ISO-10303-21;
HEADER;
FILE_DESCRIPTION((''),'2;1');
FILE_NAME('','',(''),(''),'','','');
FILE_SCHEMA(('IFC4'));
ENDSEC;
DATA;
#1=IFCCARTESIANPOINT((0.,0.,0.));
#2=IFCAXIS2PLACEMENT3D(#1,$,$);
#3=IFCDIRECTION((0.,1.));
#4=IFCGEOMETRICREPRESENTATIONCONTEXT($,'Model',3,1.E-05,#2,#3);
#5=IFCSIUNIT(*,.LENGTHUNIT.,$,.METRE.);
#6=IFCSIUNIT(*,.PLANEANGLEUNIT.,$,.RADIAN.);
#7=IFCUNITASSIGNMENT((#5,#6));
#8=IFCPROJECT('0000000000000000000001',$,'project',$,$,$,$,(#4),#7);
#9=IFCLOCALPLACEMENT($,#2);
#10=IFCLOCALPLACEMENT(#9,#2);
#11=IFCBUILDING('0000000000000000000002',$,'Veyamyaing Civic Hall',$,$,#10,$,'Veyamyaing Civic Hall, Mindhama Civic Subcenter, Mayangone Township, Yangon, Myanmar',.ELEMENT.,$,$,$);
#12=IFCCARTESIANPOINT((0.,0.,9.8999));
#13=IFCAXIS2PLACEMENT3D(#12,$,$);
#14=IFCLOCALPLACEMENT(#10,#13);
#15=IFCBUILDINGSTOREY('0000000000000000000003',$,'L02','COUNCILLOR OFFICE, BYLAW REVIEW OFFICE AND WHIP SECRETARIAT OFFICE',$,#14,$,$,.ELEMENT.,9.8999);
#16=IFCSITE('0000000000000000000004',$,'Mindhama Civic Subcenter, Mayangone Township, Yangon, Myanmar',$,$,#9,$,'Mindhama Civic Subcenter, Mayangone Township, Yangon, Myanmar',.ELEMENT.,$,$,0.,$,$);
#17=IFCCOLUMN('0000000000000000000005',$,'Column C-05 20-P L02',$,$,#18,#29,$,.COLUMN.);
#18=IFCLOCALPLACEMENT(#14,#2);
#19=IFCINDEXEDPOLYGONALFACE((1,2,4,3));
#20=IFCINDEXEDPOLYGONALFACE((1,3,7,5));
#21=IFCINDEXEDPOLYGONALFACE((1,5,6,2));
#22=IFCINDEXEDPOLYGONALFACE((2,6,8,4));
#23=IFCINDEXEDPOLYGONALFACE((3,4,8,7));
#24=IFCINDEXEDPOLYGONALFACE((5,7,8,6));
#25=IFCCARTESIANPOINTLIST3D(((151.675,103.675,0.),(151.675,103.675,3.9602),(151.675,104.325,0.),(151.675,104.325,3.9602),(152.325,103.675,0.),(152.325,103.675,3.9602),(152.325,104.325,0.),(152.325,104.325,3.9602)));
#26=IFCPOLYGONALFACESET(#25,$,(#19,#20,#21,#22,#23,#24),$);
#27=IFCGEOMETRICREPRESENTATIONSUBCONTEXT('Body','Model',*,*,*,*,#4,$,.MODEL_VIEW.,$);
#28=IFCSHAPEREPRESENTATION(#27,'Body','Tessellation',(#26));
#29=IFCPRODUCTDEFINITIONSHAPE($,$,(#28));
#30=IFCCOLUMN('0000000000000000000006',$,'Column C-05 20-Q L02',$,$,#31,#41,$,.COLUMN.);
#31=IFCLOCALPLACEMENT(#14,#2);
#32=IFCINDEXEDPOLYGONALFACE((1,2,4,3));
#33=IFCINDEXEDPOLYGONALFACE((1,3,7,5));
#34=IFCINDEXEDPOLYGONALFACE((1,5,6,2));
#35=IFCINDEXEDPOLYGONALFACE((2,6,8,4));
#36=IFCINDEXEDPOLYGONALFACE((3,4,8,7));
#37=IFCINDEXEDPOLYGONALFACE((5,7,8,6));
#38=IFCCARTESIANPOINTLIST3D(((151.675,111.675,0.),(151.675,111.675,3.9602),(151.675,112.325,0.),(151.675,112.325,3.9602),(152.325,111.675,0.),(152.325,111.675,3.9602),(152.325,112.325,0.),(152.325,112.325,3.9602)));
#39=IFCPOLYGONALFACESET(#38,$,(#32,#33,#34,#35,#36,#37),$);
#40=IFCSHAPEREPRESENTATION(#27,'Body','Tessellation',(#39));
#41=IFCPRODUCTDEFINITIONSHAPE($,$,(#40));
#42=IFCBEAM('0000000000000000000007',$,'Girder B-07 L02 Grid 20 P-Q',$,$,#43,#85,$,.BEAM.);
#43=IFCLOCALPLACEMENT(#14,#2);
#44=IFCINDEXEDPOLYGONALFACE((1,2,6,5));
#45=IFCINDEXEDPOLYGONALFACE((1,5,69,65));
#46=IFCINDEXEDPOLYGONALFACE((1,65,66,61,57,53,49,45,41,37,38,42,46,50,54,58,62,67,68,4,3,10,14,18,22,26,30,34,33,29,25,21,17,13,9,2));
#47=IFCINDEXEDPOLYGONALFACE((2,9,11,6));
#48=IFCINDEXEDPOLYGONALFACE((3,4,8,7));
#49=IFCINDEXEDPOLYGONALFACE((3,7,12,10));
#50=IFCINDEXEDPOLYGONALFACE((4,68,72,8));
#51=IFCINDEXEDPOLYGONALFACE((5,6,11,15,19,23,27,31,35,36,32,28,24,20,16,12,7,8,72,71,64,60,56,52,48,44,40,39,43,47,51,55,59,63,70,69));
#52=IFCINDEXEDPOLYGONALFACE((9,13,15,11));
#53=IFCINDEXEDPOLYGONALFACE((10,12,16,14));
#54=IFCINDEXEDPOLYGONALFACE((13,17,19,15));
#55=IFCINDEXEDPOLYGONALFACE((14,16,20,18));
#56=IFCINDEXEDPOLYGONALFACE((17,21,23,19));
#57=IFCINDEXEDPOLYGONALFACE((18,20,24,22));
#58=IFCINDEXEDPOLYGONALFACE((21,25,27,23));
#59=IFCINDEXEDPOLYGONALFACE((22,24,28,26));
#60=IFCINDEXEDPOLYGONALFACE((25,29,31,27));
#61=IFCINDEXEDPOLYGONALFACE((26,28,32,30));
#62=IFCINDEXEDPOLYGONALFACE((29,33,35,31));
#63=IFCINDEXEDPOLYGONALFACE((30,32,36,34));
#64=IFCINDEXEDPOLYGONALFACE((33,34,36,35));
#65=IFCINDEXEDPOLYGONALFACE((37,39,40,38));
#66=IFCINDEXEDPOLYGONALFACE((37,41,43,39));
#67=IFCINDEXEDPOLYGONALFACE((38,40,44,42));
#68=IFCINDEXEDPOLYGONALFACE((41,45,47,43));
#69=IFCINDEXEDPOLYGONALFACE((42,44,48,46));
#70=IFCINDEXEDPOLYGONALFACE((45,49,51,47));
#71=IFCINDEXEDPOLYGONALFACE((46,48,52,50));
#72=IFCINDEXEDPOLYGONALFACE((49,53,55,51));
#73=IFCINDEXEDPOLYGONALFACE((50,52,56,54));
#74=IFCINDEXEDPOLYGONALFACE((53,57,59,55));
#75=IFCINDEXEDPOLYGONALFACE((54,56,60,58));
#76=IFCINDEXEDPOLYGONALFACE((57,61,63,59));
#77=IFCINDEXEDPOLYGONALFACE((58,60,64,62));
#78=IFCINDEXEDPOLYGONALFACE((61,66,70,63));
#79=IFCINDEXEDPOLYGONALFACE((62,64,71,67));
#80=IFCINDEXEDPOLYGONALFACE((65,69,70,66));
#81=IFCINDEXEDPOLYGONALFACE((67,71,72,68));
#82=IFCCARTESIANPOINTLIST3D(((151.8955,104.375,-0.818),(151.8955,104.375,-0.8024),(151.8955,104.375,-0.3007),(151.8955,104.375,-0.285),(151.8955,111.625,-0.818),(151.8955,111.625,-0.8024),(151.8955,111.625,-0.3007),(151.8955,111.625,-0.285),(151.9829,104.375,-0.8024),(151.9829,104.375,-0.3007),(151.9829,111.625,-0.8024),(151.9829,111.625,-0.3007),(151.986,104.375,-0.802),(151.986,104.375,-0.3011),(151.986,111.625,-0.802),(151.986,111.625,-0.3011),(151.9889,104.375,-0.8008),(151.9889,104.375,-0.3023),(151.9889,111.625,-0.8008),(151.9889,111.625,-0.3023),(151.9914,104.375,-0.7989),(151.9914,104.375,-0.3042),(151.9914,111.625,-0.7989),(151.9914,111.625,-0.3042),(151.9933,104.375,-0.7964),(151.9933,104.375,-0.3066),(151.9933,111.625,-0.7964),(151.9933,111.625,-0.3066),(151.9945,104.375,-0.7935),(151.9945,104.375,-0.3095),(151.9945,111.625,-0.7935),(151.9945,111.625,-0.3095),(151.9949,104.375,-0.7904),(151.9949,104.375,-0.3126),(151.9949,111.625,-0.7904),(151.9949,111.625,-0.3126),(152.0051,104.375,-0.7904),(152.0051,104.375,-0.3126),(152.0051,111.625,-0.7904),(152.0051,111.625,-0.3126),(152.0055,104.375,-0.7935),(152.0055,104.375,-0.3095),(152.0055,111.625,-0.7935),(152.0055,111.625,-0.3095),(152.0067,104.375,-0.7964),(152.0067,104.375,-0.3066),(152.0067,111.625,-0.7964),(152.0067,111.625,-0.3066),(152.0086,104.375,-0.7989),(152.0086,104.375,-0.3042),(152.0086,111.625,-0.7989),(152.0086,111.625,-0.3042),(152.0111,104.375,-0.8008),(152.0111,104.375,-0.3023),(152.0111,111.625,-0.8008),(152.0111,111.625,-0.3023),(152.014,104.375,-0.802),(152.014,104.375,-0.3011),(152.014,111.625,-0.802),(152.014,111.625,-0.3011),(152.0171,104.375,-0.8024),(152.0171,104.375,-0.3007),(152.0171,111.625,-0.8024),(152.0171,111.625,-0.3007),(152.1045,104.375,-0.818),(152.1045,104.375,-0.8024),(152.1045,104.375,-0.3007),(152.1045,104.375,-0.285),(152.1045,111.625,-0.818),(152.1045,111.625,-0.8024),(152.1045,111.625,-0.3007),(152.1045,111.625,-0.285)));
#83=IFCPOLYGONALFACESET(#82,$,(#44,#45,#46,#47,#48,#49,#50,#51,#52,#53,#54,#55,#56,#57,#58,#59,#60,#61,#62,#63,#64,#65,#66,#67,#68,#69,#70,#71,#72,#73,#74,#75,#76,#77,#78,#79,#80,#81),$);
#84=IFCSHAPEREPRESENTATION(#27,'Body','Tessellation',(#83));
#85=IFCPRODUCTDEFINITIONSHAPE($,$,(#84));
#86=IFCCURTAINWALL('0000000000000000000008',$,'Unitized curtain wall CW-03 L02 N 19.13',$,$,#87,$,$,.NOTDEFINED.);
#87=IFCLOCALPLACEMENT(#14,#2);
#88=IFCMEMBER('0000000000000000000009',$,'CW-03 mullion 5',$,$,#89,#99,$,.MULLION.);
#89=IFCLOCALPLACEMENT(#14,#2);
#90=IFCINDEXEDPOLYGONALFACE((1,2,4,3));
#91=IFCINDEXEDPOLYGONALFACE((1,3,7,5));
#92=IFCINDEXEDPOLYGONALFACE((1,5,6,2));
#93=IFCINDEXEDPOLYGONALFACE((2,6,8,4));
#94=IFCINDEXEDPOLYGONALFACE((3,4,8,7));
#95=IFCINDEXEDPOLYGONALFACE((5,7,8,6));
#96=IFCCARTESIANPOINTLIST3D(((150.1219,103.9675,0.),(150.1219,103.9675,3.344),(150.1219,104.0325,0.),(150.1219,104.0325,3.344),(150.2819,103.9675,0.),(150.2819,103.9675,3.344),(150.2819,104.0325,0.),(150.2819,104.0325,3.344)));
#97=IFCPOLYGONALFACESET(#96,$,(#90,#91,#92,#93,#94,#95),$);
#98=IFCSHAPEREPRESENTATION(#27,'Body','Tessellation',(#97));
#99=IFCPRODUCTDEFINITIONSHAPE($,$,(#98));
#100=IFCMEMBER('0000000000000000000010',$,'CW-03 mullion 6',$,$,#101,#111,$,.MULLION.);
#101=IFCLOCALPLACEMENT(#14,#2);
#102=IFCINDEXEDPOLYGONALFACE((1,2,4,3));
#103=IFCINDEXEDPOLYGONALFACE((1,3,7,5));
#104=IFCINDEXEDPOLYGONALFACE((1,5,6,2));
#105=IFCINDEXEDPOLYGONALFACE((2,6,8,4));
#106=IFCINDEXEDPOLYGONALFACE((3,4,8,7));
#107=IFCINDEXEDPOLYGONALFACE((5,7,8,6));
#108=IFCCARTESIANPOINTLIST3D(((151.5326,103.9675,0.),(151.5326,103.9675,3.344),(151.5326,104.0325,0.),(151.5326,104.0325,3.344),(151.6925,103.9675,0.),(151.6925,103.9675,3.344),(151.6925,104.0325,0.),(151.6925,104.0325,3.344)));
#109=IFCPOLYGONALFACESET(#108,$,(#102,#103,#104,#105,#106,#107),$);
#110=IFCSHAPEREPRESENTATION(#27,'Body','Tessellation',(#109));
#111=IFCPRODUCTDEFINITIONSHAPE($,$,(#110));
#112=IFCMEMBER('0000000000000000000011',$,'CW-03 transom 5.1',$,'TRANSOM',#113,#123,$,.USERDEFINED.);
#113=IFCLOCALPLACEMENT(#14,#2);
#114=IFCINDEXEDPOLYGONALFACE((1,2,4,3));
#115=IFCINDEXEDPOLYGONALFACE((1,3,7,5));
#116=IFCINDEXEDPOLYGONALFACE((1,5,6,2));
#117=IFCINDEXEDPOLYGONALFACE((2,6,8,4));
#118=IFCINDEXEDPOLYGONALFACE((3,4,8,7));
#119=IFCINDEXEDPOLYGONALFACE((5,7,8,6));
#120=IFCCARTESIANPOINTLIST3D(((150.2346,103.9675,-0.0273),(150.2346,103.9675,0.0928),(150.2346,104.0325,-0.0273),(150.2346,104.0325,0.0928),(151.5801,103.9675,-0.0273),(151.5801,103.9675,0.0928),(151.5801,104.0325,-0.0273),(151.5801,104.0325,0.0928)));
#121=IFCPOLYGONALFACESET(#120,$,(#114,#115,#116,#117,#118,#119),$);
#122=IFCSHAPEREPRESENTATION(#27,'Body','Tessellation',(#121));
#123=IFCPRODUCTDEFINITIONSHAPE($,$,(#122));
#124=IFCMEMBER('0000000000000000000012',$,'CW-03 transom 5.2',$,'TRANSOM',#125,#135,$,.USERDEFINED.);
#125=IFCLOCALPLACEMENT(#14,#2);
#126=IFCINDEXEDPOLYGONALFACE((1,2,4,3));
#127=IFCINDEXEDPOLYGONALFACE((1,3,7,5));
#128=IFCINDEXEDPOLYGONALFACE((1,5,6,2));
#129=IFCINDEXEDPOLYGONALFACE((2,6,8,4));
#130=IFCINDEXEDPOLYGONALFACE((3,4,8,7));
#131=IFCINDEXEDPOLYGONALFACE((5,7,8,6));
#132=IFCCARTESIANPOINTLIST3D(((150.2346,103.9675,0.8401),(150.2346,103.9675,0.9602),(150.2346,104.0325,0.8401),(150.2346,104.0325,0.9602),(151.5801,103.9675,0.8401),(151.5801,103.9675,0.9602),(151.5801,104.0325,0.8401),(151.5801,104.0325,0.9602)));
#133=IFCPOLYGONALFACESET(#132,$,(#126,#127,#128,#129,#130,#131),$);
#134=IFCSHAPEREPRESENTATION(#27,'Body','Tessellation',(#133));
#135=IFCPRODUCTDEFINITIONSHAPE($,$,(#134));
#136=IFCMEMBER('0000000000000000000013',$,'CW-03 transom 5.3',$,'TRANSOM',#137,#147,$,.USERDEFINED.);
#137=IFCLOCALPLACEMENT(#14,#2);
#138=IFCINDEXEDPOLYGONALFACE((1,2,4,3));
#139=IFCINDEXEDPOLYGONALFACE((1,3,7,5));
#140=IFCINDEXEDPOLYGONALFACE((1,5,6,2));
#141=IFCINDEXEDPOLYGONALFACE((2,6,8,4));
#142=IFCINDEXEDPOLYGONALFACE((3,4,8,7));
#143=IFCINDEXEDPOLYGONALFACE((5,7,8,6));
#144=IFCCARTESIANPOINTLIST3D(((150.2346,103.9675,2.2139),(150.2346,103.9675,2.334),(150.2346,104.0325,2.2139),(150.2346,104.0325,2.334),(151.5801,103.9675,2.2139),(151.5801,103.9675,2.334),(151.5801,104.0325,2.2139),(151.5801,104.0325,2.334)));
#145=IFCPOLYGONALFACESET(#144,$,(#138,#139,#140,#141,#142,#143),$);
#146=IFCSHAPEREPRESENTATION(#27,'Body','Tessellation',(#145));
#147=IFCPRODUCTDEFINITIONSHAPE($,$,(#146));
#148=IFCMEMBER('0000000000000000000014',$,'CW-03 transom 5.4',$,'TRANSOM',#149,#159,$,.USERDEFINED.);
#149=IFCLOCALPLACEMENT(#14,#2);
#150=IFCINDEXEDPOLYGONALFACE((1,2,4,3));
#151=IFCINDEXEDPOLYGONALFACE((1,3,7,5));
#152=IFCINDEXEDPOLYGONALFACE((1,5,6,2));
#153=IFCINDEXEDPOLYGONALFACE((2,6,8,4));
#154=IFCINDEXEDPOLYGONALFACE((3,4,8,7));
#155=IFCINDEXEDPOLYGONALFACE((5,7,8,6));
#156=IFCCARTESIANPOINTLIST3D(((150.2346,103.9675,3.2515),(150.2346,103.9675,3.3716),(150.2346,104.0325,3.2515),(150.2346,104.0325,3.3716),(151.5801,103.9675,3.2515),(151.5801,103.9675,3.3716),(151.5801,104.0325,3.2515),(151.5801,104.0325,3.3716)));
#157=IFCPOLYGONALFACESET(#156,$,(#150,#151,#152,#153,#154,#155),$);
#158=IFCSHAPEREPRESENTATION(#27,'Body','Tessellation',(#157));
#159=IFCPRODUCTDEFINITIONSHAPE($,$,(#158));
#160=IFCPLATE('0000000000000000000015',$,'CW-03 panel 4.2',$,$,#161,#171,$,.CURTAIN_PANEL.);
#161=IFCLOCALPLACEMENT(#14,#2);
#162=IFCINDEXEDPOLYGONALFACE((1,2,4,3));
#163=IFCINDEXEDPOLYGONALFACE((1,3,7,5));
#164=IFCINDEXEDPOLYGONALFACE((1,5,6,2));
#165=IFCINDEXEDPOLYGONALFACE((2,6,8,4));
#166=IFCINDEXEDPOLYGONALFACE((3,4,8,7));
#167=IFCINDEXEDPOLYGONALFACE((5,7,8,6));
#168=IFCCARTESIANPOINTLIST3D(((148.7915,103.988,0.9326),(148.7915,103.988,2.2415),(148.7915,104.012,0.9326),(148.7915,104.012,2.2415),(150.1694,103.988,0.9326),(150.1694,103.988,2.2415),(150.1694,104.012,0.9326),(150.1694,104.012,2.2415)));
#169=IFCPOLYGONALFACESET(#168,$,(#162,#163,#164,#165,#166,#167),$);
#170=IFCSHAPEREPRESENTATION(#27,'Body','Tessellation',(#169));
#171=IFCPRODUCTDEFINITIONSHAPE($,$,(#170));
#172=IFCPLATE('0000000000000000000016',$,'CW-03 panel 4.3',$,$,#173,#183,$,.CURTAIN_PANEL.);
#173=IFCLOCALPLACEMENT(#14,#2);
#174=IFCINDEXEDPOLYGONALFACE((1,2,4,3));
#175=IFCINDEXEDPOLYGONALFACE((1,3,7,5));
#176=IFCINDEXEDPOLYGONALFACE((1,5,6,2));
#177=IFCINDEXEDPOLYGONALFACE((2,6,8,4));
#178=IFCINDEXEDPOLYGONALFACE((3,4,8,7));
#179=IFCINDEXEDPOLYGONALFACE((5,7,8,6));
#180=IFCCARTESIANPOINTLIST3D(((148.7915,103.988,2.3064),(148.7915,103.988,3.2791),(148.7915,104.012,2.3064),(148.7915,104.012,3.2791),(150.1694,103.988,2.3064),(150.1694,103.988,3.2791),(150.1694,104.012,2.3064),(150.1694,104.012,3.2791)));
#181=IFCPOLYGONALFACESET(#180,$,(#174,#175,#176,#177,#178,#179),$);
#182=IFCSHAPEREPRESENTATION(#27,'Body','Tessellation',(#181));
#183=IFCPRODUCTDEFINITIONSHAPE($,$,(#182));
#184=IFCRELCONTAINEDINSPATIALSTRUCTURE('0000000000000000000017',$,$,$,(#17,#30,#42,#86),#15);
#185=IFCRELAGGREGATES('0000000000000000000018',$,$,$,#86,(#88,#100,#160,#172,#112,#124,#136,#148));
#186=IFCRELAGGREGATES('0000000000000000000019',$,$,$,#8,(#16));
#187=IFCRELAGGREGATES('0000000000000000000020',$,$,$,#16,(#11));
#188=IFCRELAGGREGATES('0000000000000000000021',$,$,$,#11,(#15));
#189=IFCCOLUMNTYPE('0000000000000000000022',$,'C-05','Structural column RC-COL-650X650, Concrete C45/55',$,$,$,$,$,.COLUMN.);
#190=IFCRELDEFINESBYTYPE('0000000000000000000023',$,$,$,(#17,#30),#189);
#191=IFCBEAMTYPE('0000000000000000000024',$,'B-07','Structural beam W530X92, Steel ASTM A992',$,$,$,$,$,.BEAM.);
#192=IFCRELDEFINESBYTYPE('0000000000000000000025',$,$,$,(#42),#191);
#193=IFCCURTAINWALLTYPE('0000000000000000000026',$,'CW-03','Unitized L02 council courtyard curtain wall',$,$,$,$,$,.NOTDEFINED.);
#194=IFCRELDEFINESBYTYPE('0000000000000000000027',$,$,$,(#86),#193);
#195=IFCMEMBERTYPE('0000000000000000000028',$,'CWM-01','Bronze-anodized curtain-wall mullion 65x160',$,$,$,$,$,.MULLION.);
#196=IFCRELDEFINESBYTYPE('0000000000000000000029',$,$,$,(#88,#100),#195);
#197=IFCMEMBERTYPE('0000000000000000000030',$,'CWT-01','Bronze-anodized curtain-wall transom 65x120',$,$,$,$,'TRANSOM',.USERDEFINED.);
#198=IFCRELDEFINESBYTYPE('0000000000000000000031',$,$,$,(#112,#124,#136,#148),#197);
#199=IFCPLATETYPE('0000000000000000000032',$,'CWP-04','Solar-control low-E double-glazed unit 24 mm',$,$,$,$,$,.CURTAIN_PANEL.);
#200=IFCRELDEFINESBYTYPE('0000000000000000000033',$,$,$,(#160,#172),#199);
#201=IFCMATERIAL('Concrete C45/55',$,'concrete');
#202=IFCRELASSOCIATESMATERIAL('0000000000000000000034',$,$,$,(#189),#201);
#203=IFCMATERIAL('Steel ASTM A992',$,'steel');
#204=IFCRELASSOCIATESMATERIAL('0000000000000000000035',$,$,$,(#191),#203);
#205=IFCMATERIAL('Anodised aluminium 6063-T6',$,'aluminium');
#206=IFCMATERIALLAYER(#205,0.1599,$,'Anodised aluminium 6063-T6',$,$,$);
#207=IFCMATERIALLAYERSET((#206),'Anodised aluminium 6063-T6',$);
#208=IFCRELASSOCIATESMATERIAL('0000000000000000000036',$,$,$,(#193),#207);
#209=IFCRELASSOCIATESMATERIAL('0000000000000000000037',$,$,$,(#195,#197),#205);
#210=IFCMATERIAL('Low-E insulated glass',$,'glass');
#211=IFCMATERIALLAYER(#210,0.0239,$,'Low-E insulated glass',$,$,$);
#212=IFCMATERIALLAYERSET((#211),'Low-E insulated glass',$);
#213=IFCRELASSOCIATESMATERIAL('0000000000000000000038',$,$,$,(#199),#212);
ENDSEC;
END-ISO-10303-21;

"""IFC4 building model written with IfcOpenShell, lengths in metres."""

from ifc_helpers import new_model, si_unit, direction, frame, origin, origin_2d, place, context, subcontext, project, spatial, rectangle, i_section, extrude, material, layer, layer_set, material_profile, profile_set, type_object, element, aggregate, save


model = new_model("IFC4")

# Units and contexts
model_context = context("Model", 3, precision=1e-05, world=origin(), true_north=direction((0.0, 1.0)))
body_context = subcontext(model_context, "Body", "Model", "MODEL_VIEW")
ifc_project = project(units=[si_unit("LENGTHUNIT", "METRE"), si_unit("PLANEANGLEUNIT", "RADIAN")], contexts=[model_context])

# Site, building, storey
site_placement = place(None, origin())
site = spatial("IfcSite", under=ifc_project, at=site_placement, Name="Mindhama Civic Subcenter, Mayangone Township, Yangon, Myanmar", LongName="Mindhama Civic Subcenter, Mayangone Township, Yangon, Myanmar", CompositionType="ELEMENT", RefElevation=0.0)
building_placement = place(site_placement, origin())
building = spatial("IfcBuilding", under=site, at=building_placement, Name="Veyamyaing Civic Hall", LongName="Veyamyaing Civic Hall, Mindhama Civic Subcenter, Mayangone Township, Yangon, Myanmar", CompositionType="ELEMENT")
storey_placement = place(building_placement, frame((0.0, 0.0, 9.8999)))
storey = spatial("IfcBuildingStorey", under=building, at=storey_placement, Name="L02", Description="COUNCILLOR OFFICE, BYLAW REVIEW OFFICE AND WHIP SECRETARIAT OFFICE", CompositionType="ELEMENT", Elevation=9.8999)

# Columns
ifc_material_1 = material(Name="Concrete C45/55", Category="concrete")
ifc_material_profile_1 = material_profile(ifc_material_1, rectangle(XDim=0.6499, YDim=0.6499, at=origin_2d()), Name="RC-COL-650X650")
ifc_profile_set_1 = profile_set([ifc_material_profile_1], Name="Concrete C45/55")
column_type = type_object("IfcColumnType", Name="C-05", Description="Structural column RC-COL-650X650, Concrete C45/55", PredefinedType="COLUMN", material=ifc_profile_set_1)
for number, where, z_axis, x_axis, name in (
    (1, (152.0, 104.0, 0.0), (0.0, 0.0, 1.0), (1.0, 0.0, 0.0), "Column C-05 20-P L02"),
    (2, (152.0, 112.0, 0.0), (0.0, 0.0, 1.0), (1.0, 0.0, 0.0), "Column C-05 20-Q L02"),
):
    element("IfcColumn", number, at=place(storey_placement, frame(where, z_axis=z_axis, x_axis=x_axis)), inside=storey, type_object=column_type, Name=name, PredefinedType="COLUMN", context=body_context, shape_type="SweptSolid", body=[
        extrude(rectangle(XDim=0.6499, YDim=0.6499, at=origin_2d()), origin(), (0.0, 0.0, 1.0), 3.9602),
    ])

# Beam
ifc_material_2 = material(Name="Steel ASTM A992", Category="steel")
ifc_material_profile_2 = material_profile(ifc_material_2, i_section(OverallWidth=0.209, OverallDepth=0.533, WebThickness=0.0103, FlangeThickness=0.0156, FilletRadius=0.012, at=origin_2d()), Name="W530X92")
ifc_profile_set_2 = profile_set([ifc_material_profile_2], Name="Steel ASTM A992")
beam_type = type_object("IfcBeamType", Name="B-07", Description="Structural beam W530X92, Steel ASTM A992", PredefinedType="BEAM", material=ifc_profile_set_2)
beam_placement = place(storey_placement, frame((152.0, 104.375, -0.5515), z_axis=(0.0, 1.0, 0.0), x_axis=(-1.0, 0.0, 0.0)))
element("IfcBeam", 3, at=beam_placement, inside=storey, type_object=beam_type, Name="Girder B-07 L02 Grid 20 P-Q", PredefinedType="BEAM", context=body_context, shape_type="SweptSolid", body=[
    extrude(i_section(OverallWidth=0.209, OverallDepth=0.533, WebThickness=0.0103, FlangeThickness=0.0156, FilletRadius=0.012, at=origin_2d()), origin(), (0.0, 0.0, 1.0), 7.25),
])

# Curtain wall, members, plates
ifc_material_3 = material(Name="Anodised aluminium 6063-T6", Category="aluminium")
ifc_layer_1 = layer(ifc_material_3, 0.1599, Name="Anodised aluminium 6063-T6")
ifc_layer_set_1 = layer_set([ifc_layer_1], Name="Anodised aluminium 6063-T6")
curtain_wall_type = type_object("IfcCurtainWallType", Name="CW-03", Description="Unitized L02 council courtyard curtain wall", PredefinedType="NOTDEFINED", material=ifc_layer_set_1)
curtain_wall_placement = place(storey_placement, origin())
curtain_wall = element("IfcCurtainWall", 4, at=curtain_wall_placement, inside=storey, type_object=curtain_wall_type, Name="Unitized curtain wall CW-03 L02 N 19.13", PredefinedType="NOTDEFINED")
ifc_material_profile_3 = material_profile(ifc_material_3, rectangle(XDim=0.0649, YDim=0.1599, at=origin_2d()), Name="ALU-MUL-65X160")
ifc_profile_set_3 = profile_set([ifc_material_profile_3], Name="Anodised aluminium 6063-T6")
member_type_1 = type_object("IfcMemberType", Name="CWM-01", Description="Bronze-anodized curtain-wall mullion 65x160", PredefinedType="MULLION", material=ifc_profile_set_3)
member_1_placement = place(storey_placement, frame((150.2019, 104.0, 0.0), z_axis=(0.0, 0.0, 1.0), x_axis=(0.0, 1.0, 0.0)))
member_1 = element("IfcMember", 5, at=member_1_placement, type_object=member_type_1, Name="CW-03 mullion 5", PredefinedType="MULLION", context=body_context, shape_type="SweptSolid", body=[
    extrude(rectangle(XDim=0.0649, YDim=0.1599, at=origin_2d()), origin(), (0.0, 0.0, 1.0), 3.344),
])
member_2_placement = place(storey_placement, frame((151.6125, 104.0, 0.0), z_axis=(0.0, 0.0, 1.0), x_axis=(0.0, 1.0, 0.0)))
member_2 = element("IfcMember", 6, at=member_2_placement, type_object=member_type_1, Name="CW-03 mullion 6", PredefinedType="MULLION", context=body_context, shape_type="SweptSolid", body=[
    extrude(rectangle(XDim=0.0649, YDim=0.1599, at=origin_2d()), origin(), (0.0, 0.0, 1.0), 3.344),
])
ifc_material_profile_4 = material_profile(ifc_material_3, rectangle(XDim=0.0649, YDim=0.1201, at=origin_2d()), Name="ALU-TRN-65X120")
ifc_profile_set_4 = profile_set([ifc_material_profile_4], Name="Anodised aluminium 6063-T6")
member_type_2 = type_object("IfcMemberType", Name="CWT-01", Description="Bronze-anodized curtain-wall transom 65x120", ElementType="TRANSOM", PredefinedType="USERDEFINED", material=ifc_profile_set_4)
member_3_placement = place(storey_placement, frame((150.2346, 104.0, 0.0327), z_axis=(1.0, 0.0, 0.0), x_axis=(0.0, 1.0, 0.0)))
member_3 = element("IfcMember", 7, at=member_3_placement, type_object=member_type_2, Name="CW-03 transom 5.1", ObjectType="TRANSOM", PredefinedType="USERDEFINED", context=body_context, shape_type="SweptSolid", body=[
    extrude(rectangle(XDim=0.0649, YDim=0.1201, at=origin_2d()), origin(), (0.0, 0.0, 1.0), 1.3455),
])
member_4_placement = place(storey_placement, frame((150.2346, 104.0, 0.9001), z_axis=(1.0, 0.0, 0.0), x_axis=(0.0, 1.0, 0.0)))
member_4 = element("IfcMember", 8, at=member_4_placement, type_object=member_type_2, Name="CW-03 transom 5.2", ObjectType="TRANSOM", PredefinedType="USERDEFINED", context=body_context, shape_type="SweptSolid", body=[
    extrude(rectangle(XDim=0.0649, YDim=0.1201, at=origin_2d()), origin(), (0.0, 0.0, 1.0), 1.3455),
])
member_5_placement = place(storey_placement, frame((150.2346, 104.0, 2.2739), z_axis=(1.0, 0.0, 0.0), x_axis=(0.0, 1.0, 0.0)))
member_5 = element("IfcMember", 9, at=member_5_placement, type_object=member_type_2, Name="CW-03 transom 5.3", ObjectType="TRANSOM", PredefinedType="USERDEFINED", context=body_context, shape_type="SweptSolid", body=[
    extrude(rectangle(XDim=0.0649, YDim=0.1201, at=origin_2d()), origin(), (0.0, 0.0, 1.0), 1.3455),
])
member_6_placement = place(storey_placement, frame((150.2346, 104.0, 3.3115), z_axis=(1.0, 0.0, 0.0), x_axis=(0.0, 1.0, 0.0)))
member_6 = element("IfcMember", 10, at=member_6_placement, type_object=member_type_2, Name="CW-03 transom 5.4", ObjectType="TRANSOM", PredefinedType="USERDEFINED", context=body_context, shape_type="SweptSolid", body=[
    extrude(rectangle(XDim=0.0649, YDim=0.1201, at=origin_2d()), origin(), (0.0, 0.0, 1.0), 1.3455),
])
ifc_material_4 = material(Name="Low-E insulated glass", Category="glass")
ifc_layer_2 = layer(ifc_material_4, 0.0239, Name="Low-E insulated glass")
ifc_layer_set_2 = layer_set([ifc_layer_2], Name="Low-E insulated glass")
plate_type = type_object("IfcPlateType", Name="CWP-04", Description="Solar-control low-E double-glazed unit 24 mm", PredefinedType="CURTAIN_PANEL", material=ifc_layer_set_2)
plate_1_placement = place(storey_placement, frame((149.4805, 104.0, 0.9326), z_axis=(0.0, 0.0, 1.0), x_axis=(1.0, 0.0, 0.0)))
plate_1 = element("IfcPlate", 11, at=plate_1_placement, type_object=plate_type, Name="CW-03 panel 4.2", PredefinedType="CURTAIN_PANEL", context=body_context, shape_type="SweptSolid", body=[
    extrude(rectangle(XDim=1.3779, YDim=0.0239, at=origin_2d()), origin(), (0.0, 0.0, 1.0), 1.3088),
])
plate_2_placement = place(storey_placement, frame((149.4805, 104.0, 2.3064), z_axis=(0.0, 0.0, 1.0), x_axis=(1.0, 0.0, 0.0)))
plate_2 = element("IfcPlate", 12, at=plate_2_placement, type_object=plate_type, Name="CW-03 panel 4.3", PredefinedType="CURTAIN_PANEL", context=body_context, shape_type="SweptSolid", body=[
    extrude(rectangle(XDim=1.3779, YDim=0.0239, at=origin_2d()), origin(), (0.0, 0.0, 1.0), 0.9727),
])
aggregate(curtain_wall, [member_1, member_2, plate_1, plate_2, member_3, member_4, member_5, member_6])

save(model, "model.ifc")
